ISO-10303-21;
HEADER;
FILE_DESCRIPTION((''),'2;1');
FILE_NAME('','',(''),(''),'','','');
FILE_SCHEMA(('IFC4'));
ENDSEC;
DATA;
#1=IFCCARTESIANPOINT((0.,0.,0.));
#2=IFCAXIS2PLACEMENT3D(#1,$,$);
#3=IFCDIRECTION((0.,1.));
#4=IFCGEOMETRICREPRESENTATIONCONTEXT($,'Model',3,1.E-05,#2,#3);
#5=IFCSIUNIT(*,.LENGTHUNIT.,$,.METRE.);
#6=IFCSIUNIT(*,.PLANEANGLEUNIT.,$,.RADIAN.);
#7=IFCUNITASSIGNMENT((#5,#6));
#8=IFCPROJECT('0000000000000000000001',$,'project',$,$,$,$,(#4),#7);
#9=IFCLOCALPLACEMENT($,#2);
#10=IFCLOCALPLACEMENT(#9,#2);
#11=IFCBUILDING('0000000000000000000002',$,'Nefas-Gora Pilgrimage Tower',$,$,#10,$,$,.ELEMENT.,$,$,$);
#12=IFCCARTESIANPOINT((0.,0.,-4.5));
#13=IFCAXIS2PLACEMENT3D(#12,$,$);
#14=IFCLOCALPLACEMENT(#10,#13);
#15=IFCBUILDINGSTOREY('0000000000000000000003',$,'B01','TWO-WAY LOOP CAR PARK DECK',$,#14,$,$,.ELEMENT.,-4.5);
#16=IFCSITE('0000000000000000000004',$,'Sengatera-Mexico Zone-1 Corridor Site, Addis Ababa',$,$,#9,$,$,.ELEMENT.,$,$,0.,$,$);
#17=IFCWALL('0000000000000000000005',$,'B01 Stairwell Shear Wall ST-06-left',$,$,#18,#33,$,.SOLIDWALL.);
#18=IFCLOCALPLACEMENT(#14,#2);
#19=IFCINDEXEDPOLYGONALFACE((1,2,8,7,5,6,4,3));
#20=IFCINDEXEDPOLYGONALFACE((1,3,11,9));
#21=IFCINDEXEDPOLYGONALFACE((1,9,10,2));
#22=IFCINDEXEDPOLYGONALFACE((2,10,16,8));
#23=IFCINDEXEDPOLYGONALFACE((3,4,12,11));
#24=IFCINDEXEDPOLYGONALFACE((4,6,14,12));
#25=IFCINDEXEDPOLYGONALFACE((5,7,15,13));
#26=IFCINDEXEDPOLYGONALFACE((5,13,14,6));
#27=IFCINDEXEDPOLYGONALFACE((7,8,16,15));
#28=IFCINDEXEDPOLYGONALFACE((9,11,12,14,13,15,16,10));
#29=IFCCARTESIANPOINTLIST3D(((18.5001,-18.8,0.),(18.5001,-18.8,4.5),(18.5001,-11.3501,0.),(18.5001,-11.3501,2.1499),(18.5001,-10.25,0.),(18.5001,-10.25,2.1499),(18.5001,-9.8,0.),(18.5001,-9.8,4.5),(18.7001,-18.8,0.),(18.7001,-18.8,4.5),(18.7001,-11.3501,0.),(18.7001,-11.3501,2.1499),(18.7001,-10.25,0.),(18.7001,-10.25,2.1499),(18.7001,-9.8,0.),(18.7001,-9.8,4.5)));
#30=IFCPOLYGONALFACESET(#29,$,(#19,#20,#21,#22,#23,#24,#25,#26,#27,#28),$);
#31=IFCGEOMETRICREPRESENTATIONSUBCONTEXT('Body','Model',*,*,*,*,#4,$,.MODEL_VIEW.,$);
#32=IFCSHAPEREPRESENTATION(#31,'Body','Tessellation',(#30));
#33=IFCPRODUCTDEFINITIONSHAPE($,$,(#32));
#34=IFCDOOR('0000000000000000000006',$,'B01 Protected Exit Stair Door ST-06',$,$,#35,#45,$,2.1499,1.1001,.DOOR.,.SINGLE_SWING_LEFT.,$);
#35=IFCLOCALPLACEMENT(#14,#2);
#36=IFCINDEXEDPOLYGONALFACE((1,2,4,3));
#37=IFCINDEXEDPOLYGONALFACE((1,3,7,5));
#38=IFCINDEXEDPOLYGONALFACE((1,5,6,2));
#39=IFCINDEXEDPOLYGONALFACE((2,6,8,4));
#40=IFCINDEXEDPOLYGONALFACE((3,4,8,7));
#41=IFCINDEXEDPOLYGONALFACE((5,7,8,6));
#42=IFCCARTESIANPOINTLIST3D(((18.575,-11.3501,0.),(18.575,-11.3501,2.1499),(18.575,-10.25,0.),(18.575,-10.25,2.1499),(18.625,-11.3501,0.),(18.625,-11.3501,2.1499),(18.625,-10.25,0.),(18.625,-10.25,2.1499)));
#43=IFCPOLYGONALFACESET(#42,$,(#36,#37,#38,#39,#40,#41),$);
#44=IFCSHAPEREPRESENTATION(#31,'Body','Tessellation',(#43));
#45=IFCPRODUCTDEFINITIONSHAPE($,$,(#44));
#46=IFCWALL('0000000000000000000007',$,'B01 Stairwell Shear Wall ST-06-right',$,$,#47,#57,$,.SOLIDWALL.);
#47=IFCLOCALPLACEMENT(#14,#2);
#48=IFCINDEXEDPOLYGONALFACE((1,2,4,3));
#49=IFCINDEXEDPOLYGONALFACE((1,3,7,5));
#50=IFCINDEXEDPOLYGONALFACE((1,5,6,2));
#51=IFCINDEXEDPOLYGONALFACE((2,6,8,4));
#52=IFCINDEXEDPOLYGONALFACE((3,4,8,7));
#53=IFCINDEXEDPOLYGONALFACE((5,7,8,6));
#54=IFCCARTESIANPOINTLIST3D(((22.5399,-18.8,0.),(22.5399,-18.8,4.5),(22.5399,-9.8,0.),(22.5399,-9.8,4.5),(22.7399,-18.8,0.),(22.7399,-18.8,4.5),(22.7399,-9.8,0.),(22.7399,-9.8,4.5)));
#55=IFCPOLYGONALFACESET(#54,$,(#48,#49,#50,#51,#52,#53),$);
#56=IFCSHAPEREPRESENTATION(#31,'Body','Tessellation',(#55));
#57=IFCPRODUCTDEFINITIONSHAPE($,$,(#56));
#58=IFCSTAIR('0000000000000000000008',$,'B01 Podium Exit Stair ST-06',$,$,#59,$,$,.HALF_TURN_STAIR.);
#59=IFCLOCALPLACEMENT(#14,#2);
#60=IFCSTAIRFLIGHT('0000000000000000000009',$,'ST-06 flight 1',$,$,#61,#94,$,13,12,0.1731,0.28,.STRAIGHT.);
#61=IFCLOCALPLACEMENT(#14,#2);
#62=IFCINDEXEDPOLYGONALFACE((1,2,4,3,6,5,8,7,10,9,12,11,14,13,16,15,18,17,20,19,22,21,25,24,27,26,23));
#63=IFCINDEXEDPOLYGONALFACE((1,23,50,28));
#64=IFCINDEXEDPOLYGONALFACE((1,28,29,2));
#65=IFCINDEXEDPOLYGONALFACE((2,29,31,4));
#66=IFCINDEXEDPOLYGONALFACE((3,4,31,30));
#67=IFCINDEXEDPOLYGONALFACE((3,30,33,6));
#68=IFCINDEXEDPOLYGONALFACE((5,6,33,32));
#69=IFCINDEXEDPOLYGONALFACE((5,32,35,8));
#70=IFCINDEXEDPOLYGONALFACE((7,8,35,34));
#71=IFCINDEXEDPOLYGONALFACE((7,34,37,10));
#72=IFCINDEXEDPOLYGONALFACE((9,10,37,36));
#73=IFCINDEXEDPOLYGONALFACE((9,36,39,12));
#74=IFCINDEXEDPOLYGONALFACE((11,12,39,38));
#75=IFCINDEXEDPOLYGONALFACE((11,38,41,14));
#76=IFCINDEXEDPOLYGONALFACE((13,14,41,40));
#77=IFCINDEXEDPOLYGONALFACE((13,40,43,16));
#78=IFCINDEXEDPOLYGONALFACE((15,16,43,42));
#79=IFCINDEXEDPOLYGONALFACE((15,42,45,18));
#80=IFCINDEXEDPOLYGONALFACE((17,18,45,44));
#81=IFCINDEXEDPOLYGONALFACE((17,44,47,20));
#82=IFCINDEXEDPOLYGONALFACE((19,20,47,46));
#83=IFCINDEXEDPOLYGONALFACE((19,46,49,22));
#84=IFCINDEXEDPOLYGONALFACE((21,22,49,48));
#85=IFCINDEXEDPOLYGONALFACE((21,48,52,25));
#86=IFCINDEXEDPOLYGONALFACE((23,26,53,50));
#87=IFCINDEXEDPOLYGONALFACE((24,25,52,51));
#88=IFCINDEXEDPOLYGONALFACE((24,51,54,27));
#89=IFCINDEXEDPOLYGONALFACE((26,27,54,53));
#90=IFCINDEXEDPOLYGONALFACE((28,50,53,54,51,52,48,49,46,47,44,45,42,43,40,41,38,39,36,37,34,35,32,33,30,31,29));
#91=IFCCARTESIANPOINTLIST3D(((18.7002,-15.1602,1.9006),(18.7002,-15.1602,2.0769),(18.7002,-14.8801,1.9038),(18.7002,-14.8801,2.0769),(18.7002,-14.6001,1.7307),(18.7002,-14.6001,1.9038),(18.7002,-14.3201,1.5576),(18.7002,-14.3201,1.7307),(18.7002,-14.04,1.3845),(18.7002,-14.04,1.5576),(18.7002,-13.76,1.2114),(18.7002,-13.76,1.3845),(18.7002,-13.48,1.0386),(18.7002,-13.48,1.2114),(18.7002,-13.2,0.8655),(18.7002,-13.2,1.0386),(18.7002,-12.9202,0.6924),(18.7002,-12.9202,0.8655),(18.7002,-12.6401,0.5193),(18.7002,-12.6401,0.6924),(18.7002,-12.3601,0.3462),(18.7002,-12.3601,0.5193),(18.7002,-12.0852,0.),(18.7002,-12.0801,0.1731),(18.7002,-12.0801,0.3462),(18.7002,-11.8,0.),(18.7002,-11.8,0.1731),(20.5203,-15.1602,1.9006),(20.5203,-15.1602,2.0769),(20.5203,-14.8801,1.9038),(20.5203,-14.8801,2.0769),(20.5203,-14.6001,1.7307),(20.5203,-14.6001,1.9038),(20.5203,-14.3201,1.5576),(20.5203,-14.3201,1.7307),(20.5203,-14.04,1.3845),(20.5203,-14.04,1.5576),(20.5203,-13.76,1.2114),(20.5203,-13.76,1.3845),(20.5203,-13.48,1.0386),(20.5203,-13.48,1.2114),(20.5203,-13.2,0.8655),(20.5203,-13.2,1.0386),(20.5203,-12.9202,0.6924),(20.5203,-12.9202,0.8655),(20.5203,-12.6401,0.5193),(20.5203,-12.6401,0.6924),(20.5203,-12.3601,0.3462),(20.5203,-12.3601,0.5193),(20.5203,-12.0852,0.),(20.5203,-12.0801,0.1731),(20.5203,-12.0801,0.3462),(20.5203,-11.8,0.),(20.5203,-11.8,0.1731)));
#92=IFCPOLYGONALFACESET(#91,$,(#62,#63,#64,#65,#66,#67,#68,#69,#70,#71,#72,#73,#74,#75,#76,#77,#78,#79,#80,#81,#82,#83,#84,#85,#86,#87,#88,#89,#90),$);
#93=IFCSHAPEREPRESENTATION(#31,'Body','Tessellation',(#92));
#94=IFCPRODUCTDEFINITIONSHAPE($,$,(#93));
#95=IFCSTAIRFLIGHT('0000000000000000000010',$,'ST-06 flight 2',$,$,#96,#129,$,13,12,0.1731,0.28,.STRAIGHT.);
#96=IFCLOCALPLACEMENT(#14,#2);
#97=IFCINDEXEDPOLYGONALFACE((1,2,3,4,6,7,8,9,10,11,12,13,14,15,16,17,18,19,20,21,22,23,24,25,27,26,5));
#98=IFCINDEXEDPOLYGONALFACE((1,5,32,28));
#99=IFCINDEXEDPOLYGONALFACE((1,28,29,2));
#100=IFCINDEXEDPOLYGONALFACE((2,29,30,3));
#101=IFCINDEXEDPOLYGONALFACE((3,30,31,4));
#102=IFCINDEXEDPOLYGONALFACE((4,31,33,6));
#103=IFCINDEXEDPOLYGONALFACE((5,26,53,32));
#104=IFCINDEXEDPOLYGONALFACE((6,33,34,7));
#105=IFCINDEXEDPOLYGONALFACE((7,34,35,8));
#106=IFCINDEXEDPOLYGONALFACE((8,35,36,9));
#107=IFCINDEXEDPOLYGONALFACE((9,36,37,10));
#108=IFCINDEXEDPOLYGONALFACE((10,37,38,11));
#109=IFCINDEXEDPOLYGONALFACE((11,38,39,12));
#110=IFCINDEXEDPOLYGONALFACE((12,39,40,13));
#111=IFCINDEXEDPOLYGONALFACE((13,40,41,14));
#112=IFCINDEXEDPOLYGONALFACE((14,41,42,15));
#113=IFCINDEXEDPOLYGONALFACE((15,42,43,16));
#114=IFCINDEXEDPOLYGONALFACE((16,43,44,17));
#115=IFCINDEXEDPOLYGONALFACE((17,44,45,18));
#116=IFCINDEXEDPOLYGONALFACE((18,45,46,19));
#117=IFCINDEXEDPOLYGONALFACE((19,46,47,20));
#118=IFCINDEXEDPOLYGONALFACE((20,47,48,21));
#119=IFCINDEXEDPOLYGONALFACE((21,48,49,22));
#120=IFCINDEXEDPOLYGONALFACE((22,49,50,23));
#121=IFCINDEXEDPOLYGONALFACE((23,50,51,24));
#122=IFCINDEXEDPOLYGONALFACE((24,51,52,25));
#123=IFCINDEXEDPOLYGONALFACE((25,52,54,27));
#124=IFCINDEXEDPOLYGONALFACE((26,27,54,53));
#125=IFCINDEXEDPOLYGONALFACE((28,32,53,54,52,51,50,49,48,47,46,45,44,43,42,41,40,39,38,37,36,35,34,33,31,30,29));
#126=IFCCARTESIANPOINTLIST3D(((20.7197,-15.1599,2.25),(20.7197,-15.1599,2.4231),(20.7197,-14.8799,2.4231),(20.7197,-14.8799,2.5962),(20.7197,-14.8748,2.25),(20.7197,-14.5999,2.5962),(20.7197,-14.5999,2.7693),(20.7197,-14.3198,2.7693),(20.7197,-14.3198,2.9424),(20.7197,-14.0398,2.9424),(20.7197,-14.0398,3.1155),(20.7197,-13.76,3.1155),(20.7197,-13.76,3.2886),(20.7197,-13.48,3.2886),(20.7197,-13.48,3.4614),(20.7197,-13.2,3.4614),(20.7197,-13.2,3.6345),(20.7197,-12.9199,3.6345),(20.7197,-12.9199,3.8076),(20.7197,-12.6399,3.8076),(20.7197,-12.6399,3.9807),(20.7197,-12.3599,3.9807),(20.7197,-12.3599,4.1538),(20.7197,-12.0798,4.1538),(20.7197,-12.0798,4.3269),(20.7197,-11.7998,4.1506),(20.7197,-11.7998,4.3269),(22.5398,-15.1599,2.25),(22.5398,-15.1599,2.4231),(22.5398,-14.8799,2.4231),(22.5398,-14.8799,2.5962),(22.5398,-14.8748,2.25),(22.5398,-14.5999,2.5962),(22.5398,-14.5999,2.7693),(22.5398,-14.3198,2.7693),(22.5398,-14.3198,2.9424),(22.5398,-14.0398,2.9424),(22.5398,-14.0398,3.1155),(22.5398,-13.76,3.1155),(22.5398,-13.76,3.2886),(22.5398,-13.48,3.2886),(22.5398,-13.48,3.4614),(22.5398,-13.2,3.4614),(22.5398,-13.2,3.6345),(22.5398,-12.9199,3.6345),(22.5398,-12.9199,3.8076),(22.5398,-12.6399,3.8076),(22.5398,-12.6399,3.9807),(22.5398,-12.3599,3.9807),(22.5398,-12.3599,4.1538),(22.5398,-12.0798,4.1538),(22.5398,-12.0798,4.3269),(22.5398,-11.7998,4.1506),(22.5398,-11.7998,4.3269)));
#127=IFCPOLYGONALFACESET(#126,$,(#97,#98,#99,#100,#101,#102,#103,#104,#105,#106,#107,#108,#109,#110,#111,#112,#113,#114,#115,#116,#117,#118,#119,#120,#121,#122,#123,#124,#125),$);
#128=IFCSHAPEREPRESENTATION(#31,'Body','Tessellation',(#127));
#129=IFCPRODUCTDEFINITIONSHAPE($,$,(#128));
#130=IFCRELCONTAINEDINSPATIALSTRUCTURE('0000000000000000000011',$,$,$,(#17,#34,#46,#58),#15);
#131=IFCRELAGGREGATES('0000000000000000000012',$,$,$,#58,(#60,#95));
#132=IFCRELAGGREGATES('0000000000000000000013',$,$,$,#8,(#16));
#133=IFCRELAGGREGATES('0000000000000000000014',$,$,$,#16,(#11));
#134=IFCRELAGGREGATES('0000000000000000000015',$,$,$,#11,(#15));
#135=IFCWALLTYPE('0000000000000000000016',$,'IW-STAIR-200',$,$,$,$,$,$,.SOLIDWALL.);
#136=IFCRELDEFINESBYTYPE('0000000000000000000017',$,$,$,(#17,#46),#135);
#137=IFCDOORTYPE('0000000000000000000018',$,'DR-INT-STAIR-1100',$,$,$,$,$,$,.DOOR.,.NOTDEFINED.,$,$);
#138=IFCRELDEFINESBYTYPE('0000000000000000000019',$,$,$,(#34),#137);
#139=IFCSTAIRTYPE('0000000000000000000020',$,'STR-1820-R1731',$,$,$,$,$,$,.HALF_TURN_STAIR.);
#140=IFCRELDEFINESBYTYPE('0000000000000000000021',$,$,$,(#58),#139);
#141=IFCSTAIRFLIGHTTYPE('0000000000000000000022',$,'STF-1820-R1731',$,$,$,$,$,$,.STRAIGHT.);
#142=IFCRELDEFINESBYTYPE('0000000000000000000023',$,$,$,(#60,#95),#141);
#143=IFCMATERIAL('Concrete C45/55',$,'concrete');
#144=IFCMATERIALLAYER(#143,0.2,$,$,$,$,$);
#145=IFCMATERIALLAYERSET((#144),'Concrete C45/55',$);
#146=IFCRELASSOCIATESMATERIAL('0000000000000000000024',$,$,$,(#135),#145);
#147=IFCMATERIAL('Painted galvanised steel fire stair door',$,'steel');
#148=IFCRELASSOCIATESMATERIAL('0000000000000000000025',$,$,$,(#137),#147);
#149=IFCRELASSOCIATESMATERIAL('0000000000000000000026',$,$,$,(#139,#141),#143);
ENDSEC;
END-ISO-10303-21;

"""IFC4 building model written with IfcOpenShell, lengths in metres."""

from ifc_helpers import new_model, si_unit, direction, frame, frame_2d, origin, place, context, subcontext, project, spatial, polyline, rectangle, outline, extrude, source, transform, mapped, material, layer, layer_set, type_object, element, fill, aggregate, save


model = new_model("IFC4")

# Units and contexts
model_context = context("Model", 3, precision=1e-05, world=origin(), true_north=direction((0.0, 1.0)))
body_context = subcontext(model_context, "Body", "Model", "MODEL_VIEW")
ifc_project = project(units=[si_unit("LENGTHUNIT", "METRE"), si_unit("PLANEANGLEUNIT", "RADIAN")], contexts=[model_context])

# Site, building, storey
site_placement = place(None, origin())
site = spatial("IfcSite", under=ifc_project, at=site_placement, Name="Sengatera-Mexico Zone-1 Corridor Site, Addis Ababa", CompositionType="ELEMENT", RefElevation=0.0)
building_placement = place(site_placement, origin())
building = spatial("IfcBuilding", under=site, at=building_placement, Name="Nefas-Gora Pilgrimage Tower", CompositionType="ELEMENT")
storey_placement = place(building_placement, frame((0.0, 0.0, -4.5)))
storey = spatial("IfcBuildingStorey", under=building, at=storey_placement, Name="B01", Description="TWO-WAY LOOP CAR PARK DECK", CompositionType="ELEMENT", Elevation=-4.5)

# Shared definitions
ifc_material_1 = material(Name="Concrete C45/55", Category="concrete")
ifc_layer_1 = layer(ifc_material_1, 0.2)
ifc_layer_set_1 = layer_set([ifc_layer_1], Name="Concrete C45/55")
wall_type_1 = type_object("IfcWallType", Name="IW-STAIR-200", PredefinedType="SOLIDWALL", material=ifc_layer_set_1)

# Wall, opening, door
shared_shape_1 = source(origin(), body_context, "Body", "SweptSolid", [
    extrude(rectangle(XDim=9.0, YDim=0.2, at=frame_2d((4.5, 0.0))), origin(), (0.0, 0.0, 1.0), 4.5),
])
wall_1_placement = place(storey_placement, frame((18.6001, -9.8, 0.0), z_axis=(0.0, 0.0, 1.0), x_axis=(0.0, -1.0, 0.0)))
wall_1 = element("IfcWall", 1, at=wall_1_placement, inside=storey, type_object=wall_type_1, Name="B01 Stairwell Shear Wall ST-06-left", PredefinedType="SOLIDWALL", context=body_context, shape_type="MappedRepresentation", body=[
    mapped(shared_shape_1, transform((0.0, 0.0, 0.0), x_axis=(1.0, 0.0, 0.0), y_axis=(0.0, 1.0, 0.0), z_axis=(0.0, 0.0, 1.0), scale=1.0)),
])
opening_placement = place(wall_1_placement, frame((0.45, 0.0, 0.0)))
opening = element("IfcOpeningElement", 2, at=opening_placement, cuts=wall_1, PredefinedType="OPENING", context=body_context, shape_type="SweptSolid", body=[
    extrude(rectangle(XDim=1.1001, YDim=2.1499, at=frame_2d((0.55, 1.075))), frame((0.0, 0.1099, 0.0), z_axis=(0.0, -1.0, 0.0), x_axis=(1.0, 0.0, 0.0)), (0.0, 0.0, 1.0), 0.22),
])
ifc_material_2 = material(Name="Painted galvanised steel fire stair door", Category="steel")
door_type = type_object("IfcDoorType", Name="DR-INT-STAIR-1100", OperationType="NOTDEFINED", PredefinedType="DOOR", material=ifc_material_2)
shared_shape_2 = source(origin(), body_context, "Body", "SweptSolid", [
    extrude(rectangle(XDim=1.1001, YDim=2.1499, at=frame_2d((0.55, 1.075))), frame((0.0, 0.0249, 0.0), z_axis=(0.0, -1.0, 0.0), x_axis=(1.0, 0.0, 0.0)), (0.0, 0.0, 1.0), 0.05),
])
door_placement = place(opening_placement, origin())
door = element("IfcDoor", 3, at=door_placement, inside=storey, type_object=door_type, Name="B01 Protected Exit Stair Door ST-06", OperationType="SINGLE_SWING_LEFT", OverallHeight=2.1499, OverallWidth=1.1001, PredefinedType="DOOR", context=body_context, shape_type="MappedRepresentation", body=[
    mapped(shared_shape_2, transform((0.0, 0.0, 0.0), x_axis=(1.0, 0.0, 0.0), y_axis=(0.0, 1.0, 0.0), z_axis=(0.0, 0.0, 1.0), scale=1.0)),
])
fill(opening, door)

# Wall
wall_2_placement = place(storey_placement, frame((22.6399, -9.8, 0.0), z_axis=(0.0, 0.0, 1.0), x_axis=(0.0, -1.0, 0.0)))
element("IfcWall", 4, at=wall_2_placement, inside=storey, type_object=wall_type_1, Name="B01 Stairwell Shear Wall ST-06-right", PredefinedType="SOLIDWALL", context=body_context, shape_type="MappedRepresentation", body=[
    mapped(shared_shape_1, transform((0.0, 0.0, 0.0), x_axis=(1.0, 0.0, 0.0), y_axis=(0.0, 1.0, 0.0), z_axis=(0.0, 0.0, 1.0), scale=1.0)),
])

# Stair, stair flights
stair_type = type_object("IfcStairType", Name="STR-1820-R1731", PredefinedType="HALF_TURN_STAIR", material=ifc_material_1)
stair_placement = place(storey_placement, origin())
stair = element("IfcStair", 5, at=stair_placement, inside=storey, type_object=stair_type, Name="B01 Podium Exit Stair ST-06", PredefinedType="HALF_TURN_STAIR")
stair_flight_type = type_object("IfcStairFlightType", Name="STF-1820-R1731", PredefinedType="STRAIGHT", material=ifc_material_1)
shared_shape_3 = source(origin(), body_context, "Body", "SweptSolid", [
    extrude(outline(polyline([(0.0, 0.0), (0.0, 0.1731), (0.28, 0.1731), (0.28, 0.3462), (0.5601, 0.3462), (0.5601, 0.5193), (0.8401, 0.5193), (0.8401, 0.6924), (1.1201, 0.6924), (1.1201, 0.8655), (1.3999, 0.8655), (1.3999, 1.0386), (1.6799, 1.0386), (1.6799, 1.2114), (1.96, 1.2114), (1.96, 1.3845), (2.24, 1.3845), (2.24, 1.5576), (2.52, 1.5576), (2.52, 1.7307), (2.8, 1.7307), (2.8, 1.9038), (3.0801, 1.9038), (3.0801, 2.0769), (3.3601, 2.0769), (3.3601, 2.25), (3.3601, 1.9006), (0.2852, 0.0), (0.0, 0.0)])), frame((0.0, 0.9102, 0.0), z_axis=(0.0, -1.0, 0.0), x_axis=(1.0, 0.0, 0.0)), (0.0, 0.0, 1.0), 1.8201),
])
stair_flight_1_placement = place(storey_placement, frame((19.6101, -11.8, 0.0), z_axis=(0.0, 0.0, 1.0), x_axis=(0.0, -1.0, 0.0)))
stair_flight_1 = element("IfcStairFlight", 6, at=stair_flight_1_placement, type_object=stair_flight_type, Name="ST-06 flight 1", NumberOfRisers=13, NumberOfTreads=12, PredefinedType="STRAIGHT", RiserHeight=0.1731, TreadLength=0.28, context=body_context, shape_type="MappedRepresentation", body=[
    mapped(shared_shape_3, transform((0.0, 0.0, 0.0), x_axis=(1.0, 0.0, 0.0), y_axis=(0.0, 1.0, 0.0), z_axis=(0.0, 0.0, 1.0), scale=1.0)),
])
stair_flight_2_placement = place(storey_placement, frame((21.6299, -15.1599, 2.25), z_axis=(0.0, 0.0, 1.0), x_axis=(0.0, 1.0, 0.0)))
stair_flight_2 = element("IfcStairFlight", 7, at=stair_flight_2_placement, type_object=stair_flight_type, Name="ST-06 flight 2", NumberOfRisers=13, NumberOfTreads=12, PredefinedType="STRAIGHT", RiserHeight=0.1731, TreadLength=0.28, context=body_context, shape_type="MappedRepresentation", body=[
    mapped(shared_shape_3, transform((0.0, 0.0, 0.0), x_axis=(1.0, 0.0, 0.0), y_axis=(0.0, 1.0, 0.0), z_axis=(0.0, 0.0, 1.0), scale=1.0)),
])
aggregate(stair, [stair_flight_1, stair_flight_2])

save(model, "model.ifc")
